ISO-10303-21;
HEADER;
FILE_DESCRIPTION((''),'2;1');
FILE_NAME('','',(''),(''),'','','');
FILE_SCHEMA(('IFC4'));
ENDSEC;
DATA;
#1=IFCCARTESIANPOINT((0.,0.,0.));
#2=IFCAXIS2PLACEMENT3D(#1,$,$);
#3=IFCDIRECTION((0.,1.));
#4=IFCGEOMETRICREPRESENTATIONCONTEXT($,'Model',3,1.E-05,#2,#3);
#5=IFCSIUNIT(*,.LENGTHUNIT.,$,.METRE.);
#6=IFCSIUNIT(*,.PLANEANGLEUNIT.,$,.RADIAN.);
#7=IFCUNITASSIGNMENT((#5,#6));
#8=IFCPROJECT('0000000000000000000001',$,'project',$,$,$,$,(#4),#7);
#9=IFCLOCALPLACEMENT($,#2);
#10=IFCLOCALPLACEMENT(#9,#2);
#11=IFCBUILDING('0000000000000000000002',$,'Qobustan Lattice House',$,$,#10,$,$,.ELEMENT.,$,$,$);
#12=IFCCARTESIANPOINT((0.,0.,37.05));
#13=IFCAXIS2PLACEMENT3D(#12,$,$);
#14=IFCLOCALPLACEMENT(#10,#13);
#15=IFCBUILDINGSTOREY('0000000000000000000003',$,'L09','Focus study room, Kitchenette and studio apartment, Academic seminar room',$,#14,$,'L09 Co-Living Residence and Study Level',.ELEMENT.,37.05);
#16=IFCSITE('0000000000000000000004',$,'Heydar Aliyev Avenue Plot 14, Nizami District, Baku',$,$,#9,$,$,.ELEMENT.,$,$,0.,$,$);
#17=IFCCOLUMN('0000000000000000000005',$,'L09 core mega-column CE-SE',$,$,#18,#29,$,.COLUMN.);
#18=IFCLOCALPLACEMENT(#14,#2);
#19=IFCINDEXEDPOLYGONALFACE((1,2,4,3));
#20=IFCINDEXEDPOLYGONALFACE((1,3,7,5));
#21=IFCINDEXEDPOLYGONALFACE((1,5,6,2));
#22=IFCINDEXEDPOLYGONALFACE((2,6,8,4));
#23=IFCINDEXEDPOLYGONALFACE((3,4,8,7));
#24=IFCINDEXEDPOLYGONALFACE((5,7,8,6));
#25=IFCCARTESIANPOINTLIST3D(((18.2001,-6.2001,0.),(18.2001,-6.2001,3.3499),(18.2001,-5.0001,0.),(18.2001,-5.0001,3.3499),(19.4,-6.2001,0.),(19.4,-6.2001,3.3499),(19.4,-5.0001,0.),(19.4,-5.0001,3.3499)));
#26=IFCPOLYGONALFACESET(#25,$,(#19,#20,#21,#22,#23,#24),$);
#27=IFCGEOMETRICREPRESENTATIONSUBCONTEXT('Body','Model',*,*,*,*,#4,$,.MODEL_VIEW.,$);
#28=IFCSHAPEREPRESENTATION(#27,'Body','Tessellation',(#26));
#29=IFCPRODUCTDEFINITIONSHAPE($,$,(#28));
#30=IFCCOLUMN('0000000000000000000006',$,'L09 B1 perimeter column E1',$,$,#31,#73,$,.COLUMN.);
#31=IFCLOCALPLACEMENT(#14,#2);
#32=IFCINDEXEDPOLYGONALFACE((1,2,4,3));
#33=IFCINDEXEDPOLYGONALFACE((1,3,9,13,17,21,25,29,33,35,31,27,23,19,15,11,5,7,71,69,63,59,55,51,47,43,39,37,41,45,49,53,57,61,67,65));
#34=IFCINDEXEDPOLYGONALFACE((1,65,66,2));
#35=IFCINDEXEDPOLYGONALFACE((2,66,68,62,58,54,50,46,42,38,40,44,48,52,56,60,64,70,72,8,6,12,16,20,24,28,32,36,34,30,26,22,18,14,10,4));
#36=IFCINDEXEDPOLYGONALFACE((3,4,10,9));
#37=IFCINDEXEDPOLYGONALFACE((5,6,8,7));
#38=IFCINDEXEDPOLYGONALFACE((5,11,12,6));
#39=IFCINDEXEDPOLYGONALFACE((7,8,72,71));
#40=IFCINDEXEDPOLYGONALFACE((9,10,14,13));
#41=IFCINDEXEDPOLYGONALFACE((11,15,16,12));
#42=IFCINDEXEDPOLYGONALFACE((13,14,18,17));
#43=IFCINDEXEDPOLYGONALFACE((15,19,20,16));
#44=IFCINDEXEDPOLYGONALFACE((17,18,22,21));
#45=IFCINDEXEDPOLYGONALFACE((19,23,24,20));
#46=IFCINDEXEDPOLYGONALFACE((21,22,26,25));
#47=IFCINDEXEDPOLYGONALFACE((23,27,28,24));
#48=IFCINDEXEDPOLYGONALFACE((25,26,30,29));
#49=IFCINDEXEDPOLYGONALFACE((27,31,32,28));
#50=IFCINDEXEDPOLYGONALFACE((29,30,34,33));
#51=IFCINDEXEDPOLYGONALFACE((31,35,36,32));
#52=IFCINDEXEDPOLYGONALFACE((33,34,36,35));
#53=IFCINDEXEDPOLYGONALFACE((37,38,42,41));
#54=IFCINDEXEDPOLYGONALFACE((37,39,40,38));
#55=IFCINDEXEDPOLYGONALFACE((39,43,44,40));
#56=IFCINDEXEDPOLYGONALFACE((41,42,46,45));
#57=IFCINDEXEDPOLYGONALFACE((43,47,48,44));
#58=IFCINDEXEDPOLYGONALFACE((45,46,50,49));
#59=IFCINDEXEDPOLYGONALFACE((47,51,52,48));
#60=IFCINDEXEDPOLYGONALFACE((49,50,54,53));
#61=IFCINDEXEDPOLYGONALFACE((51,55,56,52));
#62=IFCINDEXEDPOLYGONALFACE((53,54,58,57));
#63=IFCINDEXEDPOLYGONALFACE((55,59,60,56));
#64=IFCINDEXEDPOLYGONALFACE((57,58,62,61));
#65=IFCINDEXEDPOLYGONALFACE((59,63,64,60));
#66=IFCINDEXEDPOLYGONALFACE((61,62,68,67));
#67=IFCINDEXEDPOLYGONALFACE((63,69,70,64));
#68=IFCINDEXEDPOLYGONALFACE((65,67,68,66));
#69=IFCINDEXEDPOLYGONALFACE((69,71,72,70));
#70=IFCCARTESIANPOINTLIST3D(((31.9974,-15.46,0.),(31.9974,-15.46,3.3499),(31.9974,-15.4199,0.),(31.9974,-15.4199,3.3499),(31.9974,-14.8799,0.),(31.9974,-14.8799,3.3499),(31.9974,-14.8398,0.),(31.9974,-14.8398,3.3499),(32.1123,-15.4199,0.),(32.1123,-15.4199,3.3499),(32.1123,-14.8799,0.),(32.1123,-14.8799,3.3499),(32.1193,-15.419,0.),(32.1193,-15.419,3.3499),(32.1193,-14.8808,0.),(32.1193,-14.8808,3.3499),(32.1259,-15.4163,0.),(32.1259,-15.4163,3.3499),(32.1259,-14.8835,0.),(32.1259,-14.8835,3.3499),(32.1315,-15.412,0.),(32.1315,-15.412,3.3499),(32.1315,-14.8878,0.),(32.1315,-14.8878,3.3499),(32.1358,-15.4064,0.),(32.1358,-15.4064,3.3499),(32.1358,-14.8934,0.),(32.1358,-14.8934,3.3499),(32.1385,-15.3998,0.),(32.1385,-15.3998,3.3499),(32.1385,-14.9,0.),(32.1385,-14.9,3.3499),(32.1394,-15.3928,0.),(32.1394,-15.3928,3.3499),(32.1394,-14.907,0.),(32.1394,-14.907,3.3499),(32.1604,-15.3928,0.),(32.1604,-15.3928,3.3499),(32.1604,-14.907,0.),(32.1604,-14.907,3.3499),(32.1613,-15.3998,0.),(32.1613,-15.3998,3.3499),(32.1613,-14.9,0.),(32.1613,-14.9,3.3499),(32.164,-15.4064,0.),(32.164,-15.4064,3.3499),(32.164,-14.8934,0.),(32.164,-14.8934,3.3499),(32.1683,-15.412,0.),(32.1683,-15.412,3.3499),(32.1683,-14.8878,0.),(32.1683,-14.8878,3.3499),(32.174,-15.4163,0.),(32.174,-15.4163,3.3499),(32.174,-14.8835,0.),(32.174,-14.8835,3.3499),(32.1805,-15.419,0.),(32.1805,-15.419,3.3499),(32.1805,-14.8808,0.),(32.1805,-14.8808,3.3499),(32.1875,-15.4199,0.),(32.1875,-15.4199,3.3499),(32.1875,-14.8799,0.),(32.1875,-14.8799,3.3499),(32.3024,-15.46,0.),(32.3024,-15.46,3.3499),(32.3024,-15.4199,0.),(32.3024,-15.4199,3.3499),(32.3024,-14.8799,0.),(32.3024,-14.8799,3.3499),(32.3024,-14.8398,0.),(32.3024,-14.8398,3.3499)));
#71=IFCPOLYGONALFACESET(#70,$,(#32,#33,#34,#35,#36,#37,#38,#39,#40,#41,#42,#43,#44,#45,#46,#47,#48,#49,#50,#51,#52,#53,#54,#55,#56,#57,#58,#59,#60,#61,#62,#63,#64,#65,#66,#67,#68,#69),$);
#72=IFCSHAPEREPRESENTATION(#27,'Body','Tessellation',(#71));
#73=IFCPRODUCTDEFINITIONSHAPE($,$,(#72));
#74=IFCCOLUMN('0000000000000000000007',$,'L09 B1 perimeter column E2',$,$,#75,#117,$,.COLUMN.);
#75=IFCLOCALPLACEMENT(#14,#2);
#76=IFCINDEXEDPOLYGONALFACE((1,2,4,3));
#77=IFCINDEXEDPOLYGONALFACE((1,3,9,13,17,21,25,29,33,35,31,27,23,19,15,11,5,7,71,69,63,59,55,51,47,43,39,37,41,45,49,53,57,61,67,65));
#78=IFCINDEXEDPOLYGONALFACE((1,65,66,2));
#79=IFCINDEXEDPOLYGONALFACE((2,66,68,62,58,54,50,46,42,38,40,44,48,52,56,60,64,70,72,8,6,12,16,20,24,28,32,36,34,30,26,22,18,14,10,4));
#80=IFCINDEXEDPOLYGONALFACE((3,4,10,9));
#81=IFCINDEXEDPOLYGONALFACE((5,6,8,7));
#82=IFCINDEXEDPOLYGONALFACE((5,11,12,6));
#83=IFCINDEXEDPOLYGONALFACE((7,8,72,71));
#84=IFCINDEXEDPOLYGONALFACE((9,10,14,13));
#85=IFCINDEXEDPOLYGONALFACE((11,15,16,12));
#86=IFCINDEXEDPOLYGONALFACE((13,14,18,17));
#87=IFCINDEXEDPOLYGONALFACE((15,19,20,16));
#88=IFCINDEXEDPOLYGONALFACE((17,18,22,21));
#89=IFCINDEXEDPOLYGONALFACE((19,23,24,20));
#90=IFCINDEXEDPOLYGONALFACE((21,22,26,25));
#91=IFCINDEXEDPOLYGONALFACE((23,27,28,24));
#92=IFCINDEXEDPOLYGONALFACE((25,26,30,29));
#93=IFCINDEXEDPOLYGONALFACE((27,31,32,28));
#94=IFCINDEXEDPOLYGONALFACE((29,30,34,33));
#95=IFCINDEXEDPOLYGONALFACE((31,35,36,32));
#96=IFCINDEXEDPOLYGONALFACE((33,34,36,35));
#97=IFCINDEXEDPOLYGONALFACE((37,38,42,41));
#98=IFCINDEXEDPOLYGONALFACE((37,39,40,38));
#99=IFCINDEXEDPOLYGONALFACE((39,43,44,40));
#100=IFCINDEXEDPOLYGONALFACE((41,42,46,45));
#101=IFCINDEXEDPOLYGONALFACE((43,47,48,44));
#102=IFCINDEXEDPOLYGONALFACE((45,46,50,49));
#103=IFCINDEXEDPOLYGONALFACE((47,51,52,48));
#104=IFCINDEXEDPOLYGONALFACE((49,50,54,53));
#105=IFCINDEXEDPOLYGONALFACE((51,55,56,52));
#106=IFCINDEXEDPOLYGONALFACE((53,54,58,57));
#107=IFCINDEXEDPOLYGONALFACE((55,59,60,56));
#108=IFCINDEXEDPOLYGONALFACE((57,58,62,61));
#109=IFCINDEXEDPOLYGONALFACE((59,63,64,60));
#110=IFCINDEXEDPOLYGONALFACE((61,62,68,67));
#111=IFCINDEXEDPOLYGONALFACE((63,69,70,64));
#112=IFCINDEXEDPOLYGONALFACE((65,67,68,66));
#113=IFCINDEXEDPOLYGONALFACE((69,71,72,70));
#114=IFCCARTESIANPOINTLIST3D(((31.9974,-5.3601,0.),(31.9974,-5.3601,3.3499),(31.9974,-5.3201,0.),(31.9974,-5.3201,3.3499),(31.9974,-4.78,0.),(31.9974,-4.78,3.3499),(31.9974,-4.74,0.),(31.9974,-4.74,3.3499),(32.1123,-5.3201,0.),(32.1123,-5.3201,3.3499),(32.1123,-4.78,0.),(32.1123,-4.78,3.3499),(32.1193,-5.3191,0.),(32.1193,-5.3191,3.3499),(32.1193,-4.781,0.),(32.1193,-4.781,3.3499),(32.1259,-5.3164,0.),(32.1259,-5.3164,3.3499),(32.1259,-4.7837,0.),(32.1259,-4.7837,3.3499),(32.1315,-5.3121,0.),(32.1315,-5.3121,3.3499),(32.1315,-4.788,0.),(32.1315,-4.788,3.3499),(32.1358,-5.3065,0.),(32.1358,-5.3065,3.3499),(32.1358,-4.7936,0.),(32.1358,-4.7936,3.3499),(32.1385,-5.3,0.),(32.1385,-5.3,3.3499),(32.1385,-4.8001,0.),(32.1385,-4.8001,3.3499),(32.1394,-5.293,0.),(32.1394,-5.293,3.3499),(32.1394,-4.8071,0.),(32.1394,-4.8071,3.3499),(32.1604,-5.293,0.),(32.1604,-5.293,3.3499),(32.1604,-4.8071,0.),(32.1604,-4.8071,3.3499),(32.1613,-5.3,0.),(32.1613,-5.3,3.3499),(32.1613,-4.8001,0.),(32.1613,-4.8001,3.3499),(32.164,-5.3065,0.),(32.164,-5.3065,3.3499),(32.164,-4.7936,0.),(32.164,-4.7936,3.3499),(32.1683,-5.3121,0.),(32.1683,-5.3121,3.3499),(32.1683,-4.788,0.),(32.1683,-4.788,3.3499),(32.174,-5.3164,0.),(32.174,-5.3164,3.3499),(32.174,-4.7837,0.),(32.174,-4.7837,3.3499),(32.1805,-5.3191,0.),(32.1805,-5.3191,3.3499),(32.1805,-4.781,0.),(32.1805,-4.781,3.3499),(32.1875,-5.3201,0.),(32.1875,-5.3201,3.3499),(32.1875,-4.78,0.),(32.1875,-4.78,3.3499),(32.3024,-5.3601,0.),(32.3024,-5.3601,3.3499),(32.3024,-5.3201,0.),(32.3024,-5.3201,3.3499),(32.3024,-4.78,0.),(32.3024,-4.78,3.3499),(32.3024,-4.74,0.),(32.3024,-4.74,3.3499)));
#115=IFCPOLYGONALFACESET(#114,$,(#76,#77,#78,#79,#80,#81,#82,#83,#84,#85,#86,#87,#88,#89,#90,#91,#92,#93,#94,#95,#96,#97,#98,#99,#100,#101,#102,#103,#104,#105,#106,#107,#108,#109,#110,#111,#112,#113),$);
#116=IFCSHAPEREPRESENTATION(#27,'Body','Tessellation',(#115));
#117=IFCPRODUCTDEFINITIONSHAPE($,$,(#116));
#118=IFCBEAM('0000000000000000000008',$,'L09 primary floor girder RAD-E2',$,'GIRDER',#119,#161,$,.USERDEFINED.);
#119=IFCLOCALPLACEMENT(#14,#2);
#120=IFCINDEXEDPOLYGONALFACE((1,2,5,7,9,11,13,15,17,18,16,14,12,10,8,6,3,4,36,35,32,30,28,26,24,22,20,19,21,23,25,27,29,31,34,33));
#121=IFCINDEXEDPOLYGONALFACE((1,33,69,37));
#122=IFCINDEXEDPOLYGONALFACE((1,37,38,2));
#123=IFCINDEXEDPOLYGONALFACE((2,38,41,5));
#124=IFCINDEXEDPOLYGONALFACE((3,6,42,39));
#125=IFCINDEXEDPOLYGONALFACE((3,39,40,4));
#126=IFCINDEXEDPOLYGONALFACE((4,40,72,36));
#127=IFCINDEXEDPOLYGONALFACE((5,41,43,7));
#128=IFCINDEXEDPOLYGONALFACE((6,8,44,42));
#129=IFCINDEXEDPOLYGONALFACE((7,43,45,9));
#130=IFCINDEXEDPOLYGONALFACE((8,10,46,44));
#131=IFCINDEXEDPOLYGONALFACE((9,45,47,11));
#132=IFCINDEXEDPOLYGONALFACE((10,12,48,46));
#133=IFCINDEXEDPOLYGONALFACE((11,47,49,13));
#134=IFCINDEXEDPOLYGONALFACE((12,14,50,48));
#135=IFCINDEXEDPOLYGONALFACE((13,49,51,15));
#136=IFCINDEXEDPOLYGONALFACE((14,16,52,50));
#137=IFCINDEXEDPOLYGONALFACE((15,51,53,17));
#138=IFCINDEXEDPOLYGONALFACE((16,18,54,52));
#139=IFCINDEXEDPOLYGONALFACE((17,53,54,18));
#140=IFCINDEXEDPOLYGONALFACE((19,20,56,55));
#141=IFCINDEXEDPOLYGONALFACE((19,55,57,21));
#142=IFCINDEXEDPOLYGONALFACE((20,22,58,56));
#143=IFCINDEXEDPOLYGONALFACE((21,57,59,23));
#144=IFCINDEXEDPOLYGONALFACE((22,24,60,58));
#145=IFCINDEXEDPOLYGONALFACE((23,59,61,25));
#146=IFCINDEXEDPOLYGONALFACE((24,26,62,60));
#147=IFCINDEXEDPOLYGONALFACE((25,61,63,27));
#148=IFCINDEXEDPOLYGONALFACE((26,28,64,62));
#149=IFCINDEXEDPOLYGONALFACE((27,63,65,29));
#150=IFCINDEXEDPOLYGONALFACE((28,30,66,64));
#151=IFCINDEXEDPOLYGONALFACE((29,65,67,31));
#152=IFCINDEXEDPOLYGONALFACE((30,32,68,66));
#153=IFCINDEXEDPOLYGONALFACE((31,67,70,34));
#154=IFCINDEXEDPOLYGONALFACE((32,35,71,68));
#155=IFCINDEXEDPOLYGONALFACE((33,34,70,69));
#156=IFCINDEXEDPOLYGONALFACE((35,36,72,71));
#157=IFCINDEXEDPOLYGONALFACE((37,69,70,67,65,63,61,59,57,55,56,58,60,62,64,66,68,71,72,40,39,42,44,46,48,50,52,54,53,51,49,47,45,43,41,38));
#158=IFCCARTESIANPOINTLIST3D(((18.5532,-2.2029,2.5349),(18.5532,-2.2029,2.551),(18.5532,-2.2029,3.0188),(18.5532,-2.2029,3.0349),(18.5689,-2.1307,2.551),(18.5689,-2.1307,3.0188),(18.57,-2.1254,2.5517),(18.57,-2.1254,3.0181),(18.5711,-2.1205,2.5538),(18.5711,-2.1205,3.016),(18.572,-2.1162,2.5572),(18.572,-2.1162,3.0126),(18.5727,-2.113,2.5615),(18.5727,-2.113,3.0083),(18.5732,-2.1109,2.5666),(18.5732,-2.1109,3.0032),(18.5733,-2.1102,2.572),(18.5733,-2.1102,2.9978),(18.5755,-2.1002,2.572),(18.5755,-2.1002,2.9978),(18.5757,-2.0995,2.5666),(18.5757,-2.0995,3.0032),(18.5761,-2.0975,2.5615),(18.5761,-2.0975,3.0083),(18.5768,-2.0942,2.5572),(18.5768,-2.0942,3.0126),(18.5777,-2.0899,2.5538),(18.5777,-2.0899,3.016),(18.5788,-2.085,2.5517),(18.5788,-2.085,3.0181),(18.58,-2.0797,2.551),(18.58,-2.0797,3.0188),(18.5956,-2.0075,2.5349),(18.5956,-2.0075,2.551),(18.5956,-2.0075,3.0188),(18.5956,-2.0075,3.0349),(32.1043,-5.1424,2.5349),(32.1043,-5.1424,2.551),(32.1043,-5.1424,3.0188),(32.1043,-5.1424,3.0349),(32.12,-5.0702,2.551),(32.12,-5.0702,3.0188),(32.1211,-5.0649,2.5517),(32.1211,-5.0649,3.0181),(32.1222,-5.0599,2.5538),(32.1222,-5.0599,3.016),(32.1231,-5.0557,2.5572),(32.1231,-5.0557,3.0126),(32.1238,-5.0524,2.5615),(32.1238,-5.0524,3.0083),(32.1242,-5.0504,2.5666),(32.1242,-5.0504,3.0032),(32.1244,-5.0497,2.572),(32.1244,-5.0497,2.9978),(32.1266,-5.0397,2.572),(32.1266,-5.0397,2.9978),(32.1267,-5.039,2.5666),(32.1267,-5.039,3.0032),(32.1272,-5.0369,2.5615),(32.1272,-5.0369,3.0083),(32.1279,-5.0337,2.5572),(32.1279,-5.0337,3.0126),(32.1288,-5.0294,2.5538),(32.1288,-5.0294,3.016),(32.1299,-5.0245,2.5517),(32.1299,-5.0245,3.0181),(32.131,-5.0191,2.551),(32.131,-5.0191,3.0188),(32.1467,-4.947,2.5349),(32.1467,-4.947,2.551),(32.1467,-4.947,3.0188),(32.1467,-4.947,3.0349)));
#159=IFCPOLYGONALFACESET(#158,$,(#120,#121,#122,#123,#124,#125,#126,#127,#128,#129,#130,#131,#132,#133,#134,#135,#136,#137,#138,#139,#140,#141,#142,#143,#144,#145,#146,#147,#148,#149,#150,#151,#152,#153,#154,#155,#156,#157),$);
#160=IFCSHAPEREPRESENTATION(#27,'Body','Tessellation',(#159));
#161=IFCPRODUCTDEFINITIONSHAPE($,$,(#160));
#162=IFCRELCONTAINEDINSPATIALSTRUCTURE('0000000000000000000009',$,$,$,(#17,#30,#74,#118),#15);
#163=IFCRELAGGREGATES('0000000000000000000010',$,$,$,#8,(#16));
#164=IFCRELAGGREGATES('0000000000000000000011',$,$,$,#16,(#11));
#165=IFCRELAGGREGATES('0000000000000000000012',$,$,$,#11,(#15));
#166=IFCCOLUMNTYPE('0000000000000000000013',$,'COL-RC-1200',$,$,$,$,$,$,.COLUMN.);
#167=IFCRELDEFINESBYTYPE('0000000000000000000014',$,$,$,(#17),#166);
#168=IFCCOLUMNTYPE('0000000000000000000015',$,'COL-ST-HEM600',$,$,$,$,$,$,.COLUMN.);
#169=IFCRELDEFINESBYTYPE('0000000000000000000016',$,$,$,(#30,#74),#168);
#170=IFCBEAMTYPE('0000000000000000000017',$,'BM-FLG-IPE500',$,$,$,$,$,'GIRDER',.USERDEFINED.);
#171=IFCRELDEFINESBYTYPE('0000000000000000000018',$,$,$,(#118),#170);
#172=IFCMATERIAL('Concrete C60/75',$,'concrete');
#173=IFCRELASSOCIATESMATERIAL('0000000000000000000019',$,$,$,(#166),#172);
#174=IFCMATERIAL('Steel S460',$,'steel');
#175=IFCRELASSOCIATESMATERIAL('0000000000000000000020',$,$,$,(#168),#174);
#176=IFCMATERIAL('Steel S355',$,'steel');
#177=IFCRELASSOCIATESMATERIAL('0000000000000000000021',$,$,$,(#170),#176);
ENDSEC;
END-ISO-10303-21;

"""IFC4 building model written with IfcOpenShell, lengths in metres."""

from ifc_helpers import new_model, si_unit, direction, frame, origin, origin_2d, place, context, subcontext, project, spatial, rectangle, i_section, extrude, material, material_profile, profile_set, type_object, element, save


model = new_model("IFC4")

# Units and contexts
model_context = context("Model", 3, precision=1e-05, world=origin(), true_north=direction((0.0, 1.0)))
body_context = subcontext(model_context, "Body", "Model", "MODEL_VIEW")
ifc_project = project(units=[si_unit("LENGTHUNIT", "METRE"), si_unit("PLANEANGLEUNIT", "RADIAN")], contexts=[model_context])

# Site, building, storey
site_placement = place(None, origin())
site = spatial("IfcSite", under=ifc_project, at=site_placement, Name="Heydar Aliyev Avenue Plot 14, Nizami District, Baku", CompositionType="ELEMENT", RefElevation=0.0)
building_placement = place(site_placement, origin())
building = spatial("IfcBuilding", under=site, at=building_placement, Name="Qobustan Lattice House", CompositionType="ELEMENT")
storey_placement = place(building_placement, frame((0.0, 0.0, 37.05)))
storey = spatial("IfcBuildingStorey", under=building, at=storey_placement, Name="L09", Description="Focus study room, Kitchenette and studio apartment, Academic seminar room", LongName="L09 Co-Living Residence and Study Level", CompositionType="ELEMENT", Elevation=37.05)

# Columns
ifc_material_1 = material(Name="Concrete C60/75", Category="concrete")
ifc_material_profile_1 = material_profile(ifc_material_1, rectangle(XDim=1.2, YDim=1.2, at=origin_2d()), Name="RC1200x1200")
ifc_profile_set_1 = profile_set([ifc_material_profile_1], Name="Concrete C60/75")
column_type_1 = type_object("IfcColumnType", Name="COL-RC-1200", PredefinedType="COLUMN", material=ifc_profile_set_1)
column_placement = place(storey_placement, frame((18.8, -5.6001, 0.0), z_axis=(0.0, 0.0, 1.0), x_axis=(1.0, 0.0, 0.0)))
element("IfcColumn", 1, at=column_placement, inside=storey, type_object=column_type_1, Name="L09 core mega-column CE-SE", PredefinedType="COLUMN", context=body_context, shape_type="SweptSolid", body=[
    extrude(rectangle(XDim=1.2, YDim=1.2, at=origin_2d()), origin(), (0.0, 0.0, 1.0), 3.3499),
])
ifc_material_2 = material(Name="Steel S460", Category="steel")
ifc_material_profile_2 = material_profile(ifc_material_2, i_section(OverallWidth=0.3049, OverallDepth=0.6201, WebThickness=0.021, FlangeThickness=0.04, FilletRadius=0.0271, at=origin_2d()), Name="HEM600")
ifc_profile_set_2 = profile_set([ifc_material_profile_2], Name="Steel S460")
column_type_2 = type_object("IfcColumnType", Name="COL-ST-HEM600", PredefinedType="COLUMN", material=ifc_profile_set_2)
for number, where, z_axis, x_axis, name in (
    (2, (32.1499, -15.1499, 0.0), (0.0, 0.0, 1.0), (1.0, 0.0, 0.0), "L09 B1 perimeter column E1"),
    (3, (32.1499, -5.05, 0.0), (0.0, 0.0, 1.0), (1.0, 0.0, 0.0), "L09 B1 perimeter column E2"),
):
    element("IfcColumn", number, at=place(storey_placement, frame(where, z_axis=z_axis, x_axis=x_axis)), inside=storey, type_object=column_type_2, Name=name, PredefinedType="COLUMN", context=body_context, shape_type="SweptSolid", body=[
        extrude(i_section(OverallWidth=0.3049, OverallDepth=0.6201, WebThickness=0.021, FlangeThickness=0.04, FilletRadius=0.0271, at=origin_2d()), origin(), (0.0, 0.0, 1.0), 3.3499),
    ])

# Beam
ifc_material_3 = material(Name="Steel S355", Category="steel")
ifc_material_profile_3 = material_profile(ifc_material_3, i_section(OverallWidth=0.2, OverallDepth=0.5, WebThickness=0.0103, FlangeThickness=0.0161, FilletRadius=0.021, at=origin_2d()), Name="IPE500")
ifc_profile_set_3 = profile_set([ifc_material_profile_3], Name="Steel S355")
beam_type_1 = type_object("IfcBeamType", Name="BM-FLG-IPE500", ElementType="GIRDER", PredefinedType="USERDEFINED", material=ifc_profile_set_3)
beam_1_placement = place(storey_placement, frame((32.1255, -5.0447, 2.7849), z_axis=(-0.977272, 0.211987, 0.0), x_axis=(-0.211987, -0.977272, 0.0)))
element("IfcBeam", 4, at=beam_1_placement, inside=storey, type_object=beam_type_1, Name="L09 primary floor girder RAD-E2", ObjectType="GIRDER", PredefinedType="USERDEFINED", context=body_context, shape_type="SweptSolid", body=[
    extrude(i_section(OverallWidth=0.2, OverallDepth=0.5, WebThickness=0.0103, FlangeThickness=0.0161, FilletRadius=0.021, at=origin_2d()), origin(), (0.0, 0.0, 1.0), 13.8662),
])

save(model, "model.ifc")
